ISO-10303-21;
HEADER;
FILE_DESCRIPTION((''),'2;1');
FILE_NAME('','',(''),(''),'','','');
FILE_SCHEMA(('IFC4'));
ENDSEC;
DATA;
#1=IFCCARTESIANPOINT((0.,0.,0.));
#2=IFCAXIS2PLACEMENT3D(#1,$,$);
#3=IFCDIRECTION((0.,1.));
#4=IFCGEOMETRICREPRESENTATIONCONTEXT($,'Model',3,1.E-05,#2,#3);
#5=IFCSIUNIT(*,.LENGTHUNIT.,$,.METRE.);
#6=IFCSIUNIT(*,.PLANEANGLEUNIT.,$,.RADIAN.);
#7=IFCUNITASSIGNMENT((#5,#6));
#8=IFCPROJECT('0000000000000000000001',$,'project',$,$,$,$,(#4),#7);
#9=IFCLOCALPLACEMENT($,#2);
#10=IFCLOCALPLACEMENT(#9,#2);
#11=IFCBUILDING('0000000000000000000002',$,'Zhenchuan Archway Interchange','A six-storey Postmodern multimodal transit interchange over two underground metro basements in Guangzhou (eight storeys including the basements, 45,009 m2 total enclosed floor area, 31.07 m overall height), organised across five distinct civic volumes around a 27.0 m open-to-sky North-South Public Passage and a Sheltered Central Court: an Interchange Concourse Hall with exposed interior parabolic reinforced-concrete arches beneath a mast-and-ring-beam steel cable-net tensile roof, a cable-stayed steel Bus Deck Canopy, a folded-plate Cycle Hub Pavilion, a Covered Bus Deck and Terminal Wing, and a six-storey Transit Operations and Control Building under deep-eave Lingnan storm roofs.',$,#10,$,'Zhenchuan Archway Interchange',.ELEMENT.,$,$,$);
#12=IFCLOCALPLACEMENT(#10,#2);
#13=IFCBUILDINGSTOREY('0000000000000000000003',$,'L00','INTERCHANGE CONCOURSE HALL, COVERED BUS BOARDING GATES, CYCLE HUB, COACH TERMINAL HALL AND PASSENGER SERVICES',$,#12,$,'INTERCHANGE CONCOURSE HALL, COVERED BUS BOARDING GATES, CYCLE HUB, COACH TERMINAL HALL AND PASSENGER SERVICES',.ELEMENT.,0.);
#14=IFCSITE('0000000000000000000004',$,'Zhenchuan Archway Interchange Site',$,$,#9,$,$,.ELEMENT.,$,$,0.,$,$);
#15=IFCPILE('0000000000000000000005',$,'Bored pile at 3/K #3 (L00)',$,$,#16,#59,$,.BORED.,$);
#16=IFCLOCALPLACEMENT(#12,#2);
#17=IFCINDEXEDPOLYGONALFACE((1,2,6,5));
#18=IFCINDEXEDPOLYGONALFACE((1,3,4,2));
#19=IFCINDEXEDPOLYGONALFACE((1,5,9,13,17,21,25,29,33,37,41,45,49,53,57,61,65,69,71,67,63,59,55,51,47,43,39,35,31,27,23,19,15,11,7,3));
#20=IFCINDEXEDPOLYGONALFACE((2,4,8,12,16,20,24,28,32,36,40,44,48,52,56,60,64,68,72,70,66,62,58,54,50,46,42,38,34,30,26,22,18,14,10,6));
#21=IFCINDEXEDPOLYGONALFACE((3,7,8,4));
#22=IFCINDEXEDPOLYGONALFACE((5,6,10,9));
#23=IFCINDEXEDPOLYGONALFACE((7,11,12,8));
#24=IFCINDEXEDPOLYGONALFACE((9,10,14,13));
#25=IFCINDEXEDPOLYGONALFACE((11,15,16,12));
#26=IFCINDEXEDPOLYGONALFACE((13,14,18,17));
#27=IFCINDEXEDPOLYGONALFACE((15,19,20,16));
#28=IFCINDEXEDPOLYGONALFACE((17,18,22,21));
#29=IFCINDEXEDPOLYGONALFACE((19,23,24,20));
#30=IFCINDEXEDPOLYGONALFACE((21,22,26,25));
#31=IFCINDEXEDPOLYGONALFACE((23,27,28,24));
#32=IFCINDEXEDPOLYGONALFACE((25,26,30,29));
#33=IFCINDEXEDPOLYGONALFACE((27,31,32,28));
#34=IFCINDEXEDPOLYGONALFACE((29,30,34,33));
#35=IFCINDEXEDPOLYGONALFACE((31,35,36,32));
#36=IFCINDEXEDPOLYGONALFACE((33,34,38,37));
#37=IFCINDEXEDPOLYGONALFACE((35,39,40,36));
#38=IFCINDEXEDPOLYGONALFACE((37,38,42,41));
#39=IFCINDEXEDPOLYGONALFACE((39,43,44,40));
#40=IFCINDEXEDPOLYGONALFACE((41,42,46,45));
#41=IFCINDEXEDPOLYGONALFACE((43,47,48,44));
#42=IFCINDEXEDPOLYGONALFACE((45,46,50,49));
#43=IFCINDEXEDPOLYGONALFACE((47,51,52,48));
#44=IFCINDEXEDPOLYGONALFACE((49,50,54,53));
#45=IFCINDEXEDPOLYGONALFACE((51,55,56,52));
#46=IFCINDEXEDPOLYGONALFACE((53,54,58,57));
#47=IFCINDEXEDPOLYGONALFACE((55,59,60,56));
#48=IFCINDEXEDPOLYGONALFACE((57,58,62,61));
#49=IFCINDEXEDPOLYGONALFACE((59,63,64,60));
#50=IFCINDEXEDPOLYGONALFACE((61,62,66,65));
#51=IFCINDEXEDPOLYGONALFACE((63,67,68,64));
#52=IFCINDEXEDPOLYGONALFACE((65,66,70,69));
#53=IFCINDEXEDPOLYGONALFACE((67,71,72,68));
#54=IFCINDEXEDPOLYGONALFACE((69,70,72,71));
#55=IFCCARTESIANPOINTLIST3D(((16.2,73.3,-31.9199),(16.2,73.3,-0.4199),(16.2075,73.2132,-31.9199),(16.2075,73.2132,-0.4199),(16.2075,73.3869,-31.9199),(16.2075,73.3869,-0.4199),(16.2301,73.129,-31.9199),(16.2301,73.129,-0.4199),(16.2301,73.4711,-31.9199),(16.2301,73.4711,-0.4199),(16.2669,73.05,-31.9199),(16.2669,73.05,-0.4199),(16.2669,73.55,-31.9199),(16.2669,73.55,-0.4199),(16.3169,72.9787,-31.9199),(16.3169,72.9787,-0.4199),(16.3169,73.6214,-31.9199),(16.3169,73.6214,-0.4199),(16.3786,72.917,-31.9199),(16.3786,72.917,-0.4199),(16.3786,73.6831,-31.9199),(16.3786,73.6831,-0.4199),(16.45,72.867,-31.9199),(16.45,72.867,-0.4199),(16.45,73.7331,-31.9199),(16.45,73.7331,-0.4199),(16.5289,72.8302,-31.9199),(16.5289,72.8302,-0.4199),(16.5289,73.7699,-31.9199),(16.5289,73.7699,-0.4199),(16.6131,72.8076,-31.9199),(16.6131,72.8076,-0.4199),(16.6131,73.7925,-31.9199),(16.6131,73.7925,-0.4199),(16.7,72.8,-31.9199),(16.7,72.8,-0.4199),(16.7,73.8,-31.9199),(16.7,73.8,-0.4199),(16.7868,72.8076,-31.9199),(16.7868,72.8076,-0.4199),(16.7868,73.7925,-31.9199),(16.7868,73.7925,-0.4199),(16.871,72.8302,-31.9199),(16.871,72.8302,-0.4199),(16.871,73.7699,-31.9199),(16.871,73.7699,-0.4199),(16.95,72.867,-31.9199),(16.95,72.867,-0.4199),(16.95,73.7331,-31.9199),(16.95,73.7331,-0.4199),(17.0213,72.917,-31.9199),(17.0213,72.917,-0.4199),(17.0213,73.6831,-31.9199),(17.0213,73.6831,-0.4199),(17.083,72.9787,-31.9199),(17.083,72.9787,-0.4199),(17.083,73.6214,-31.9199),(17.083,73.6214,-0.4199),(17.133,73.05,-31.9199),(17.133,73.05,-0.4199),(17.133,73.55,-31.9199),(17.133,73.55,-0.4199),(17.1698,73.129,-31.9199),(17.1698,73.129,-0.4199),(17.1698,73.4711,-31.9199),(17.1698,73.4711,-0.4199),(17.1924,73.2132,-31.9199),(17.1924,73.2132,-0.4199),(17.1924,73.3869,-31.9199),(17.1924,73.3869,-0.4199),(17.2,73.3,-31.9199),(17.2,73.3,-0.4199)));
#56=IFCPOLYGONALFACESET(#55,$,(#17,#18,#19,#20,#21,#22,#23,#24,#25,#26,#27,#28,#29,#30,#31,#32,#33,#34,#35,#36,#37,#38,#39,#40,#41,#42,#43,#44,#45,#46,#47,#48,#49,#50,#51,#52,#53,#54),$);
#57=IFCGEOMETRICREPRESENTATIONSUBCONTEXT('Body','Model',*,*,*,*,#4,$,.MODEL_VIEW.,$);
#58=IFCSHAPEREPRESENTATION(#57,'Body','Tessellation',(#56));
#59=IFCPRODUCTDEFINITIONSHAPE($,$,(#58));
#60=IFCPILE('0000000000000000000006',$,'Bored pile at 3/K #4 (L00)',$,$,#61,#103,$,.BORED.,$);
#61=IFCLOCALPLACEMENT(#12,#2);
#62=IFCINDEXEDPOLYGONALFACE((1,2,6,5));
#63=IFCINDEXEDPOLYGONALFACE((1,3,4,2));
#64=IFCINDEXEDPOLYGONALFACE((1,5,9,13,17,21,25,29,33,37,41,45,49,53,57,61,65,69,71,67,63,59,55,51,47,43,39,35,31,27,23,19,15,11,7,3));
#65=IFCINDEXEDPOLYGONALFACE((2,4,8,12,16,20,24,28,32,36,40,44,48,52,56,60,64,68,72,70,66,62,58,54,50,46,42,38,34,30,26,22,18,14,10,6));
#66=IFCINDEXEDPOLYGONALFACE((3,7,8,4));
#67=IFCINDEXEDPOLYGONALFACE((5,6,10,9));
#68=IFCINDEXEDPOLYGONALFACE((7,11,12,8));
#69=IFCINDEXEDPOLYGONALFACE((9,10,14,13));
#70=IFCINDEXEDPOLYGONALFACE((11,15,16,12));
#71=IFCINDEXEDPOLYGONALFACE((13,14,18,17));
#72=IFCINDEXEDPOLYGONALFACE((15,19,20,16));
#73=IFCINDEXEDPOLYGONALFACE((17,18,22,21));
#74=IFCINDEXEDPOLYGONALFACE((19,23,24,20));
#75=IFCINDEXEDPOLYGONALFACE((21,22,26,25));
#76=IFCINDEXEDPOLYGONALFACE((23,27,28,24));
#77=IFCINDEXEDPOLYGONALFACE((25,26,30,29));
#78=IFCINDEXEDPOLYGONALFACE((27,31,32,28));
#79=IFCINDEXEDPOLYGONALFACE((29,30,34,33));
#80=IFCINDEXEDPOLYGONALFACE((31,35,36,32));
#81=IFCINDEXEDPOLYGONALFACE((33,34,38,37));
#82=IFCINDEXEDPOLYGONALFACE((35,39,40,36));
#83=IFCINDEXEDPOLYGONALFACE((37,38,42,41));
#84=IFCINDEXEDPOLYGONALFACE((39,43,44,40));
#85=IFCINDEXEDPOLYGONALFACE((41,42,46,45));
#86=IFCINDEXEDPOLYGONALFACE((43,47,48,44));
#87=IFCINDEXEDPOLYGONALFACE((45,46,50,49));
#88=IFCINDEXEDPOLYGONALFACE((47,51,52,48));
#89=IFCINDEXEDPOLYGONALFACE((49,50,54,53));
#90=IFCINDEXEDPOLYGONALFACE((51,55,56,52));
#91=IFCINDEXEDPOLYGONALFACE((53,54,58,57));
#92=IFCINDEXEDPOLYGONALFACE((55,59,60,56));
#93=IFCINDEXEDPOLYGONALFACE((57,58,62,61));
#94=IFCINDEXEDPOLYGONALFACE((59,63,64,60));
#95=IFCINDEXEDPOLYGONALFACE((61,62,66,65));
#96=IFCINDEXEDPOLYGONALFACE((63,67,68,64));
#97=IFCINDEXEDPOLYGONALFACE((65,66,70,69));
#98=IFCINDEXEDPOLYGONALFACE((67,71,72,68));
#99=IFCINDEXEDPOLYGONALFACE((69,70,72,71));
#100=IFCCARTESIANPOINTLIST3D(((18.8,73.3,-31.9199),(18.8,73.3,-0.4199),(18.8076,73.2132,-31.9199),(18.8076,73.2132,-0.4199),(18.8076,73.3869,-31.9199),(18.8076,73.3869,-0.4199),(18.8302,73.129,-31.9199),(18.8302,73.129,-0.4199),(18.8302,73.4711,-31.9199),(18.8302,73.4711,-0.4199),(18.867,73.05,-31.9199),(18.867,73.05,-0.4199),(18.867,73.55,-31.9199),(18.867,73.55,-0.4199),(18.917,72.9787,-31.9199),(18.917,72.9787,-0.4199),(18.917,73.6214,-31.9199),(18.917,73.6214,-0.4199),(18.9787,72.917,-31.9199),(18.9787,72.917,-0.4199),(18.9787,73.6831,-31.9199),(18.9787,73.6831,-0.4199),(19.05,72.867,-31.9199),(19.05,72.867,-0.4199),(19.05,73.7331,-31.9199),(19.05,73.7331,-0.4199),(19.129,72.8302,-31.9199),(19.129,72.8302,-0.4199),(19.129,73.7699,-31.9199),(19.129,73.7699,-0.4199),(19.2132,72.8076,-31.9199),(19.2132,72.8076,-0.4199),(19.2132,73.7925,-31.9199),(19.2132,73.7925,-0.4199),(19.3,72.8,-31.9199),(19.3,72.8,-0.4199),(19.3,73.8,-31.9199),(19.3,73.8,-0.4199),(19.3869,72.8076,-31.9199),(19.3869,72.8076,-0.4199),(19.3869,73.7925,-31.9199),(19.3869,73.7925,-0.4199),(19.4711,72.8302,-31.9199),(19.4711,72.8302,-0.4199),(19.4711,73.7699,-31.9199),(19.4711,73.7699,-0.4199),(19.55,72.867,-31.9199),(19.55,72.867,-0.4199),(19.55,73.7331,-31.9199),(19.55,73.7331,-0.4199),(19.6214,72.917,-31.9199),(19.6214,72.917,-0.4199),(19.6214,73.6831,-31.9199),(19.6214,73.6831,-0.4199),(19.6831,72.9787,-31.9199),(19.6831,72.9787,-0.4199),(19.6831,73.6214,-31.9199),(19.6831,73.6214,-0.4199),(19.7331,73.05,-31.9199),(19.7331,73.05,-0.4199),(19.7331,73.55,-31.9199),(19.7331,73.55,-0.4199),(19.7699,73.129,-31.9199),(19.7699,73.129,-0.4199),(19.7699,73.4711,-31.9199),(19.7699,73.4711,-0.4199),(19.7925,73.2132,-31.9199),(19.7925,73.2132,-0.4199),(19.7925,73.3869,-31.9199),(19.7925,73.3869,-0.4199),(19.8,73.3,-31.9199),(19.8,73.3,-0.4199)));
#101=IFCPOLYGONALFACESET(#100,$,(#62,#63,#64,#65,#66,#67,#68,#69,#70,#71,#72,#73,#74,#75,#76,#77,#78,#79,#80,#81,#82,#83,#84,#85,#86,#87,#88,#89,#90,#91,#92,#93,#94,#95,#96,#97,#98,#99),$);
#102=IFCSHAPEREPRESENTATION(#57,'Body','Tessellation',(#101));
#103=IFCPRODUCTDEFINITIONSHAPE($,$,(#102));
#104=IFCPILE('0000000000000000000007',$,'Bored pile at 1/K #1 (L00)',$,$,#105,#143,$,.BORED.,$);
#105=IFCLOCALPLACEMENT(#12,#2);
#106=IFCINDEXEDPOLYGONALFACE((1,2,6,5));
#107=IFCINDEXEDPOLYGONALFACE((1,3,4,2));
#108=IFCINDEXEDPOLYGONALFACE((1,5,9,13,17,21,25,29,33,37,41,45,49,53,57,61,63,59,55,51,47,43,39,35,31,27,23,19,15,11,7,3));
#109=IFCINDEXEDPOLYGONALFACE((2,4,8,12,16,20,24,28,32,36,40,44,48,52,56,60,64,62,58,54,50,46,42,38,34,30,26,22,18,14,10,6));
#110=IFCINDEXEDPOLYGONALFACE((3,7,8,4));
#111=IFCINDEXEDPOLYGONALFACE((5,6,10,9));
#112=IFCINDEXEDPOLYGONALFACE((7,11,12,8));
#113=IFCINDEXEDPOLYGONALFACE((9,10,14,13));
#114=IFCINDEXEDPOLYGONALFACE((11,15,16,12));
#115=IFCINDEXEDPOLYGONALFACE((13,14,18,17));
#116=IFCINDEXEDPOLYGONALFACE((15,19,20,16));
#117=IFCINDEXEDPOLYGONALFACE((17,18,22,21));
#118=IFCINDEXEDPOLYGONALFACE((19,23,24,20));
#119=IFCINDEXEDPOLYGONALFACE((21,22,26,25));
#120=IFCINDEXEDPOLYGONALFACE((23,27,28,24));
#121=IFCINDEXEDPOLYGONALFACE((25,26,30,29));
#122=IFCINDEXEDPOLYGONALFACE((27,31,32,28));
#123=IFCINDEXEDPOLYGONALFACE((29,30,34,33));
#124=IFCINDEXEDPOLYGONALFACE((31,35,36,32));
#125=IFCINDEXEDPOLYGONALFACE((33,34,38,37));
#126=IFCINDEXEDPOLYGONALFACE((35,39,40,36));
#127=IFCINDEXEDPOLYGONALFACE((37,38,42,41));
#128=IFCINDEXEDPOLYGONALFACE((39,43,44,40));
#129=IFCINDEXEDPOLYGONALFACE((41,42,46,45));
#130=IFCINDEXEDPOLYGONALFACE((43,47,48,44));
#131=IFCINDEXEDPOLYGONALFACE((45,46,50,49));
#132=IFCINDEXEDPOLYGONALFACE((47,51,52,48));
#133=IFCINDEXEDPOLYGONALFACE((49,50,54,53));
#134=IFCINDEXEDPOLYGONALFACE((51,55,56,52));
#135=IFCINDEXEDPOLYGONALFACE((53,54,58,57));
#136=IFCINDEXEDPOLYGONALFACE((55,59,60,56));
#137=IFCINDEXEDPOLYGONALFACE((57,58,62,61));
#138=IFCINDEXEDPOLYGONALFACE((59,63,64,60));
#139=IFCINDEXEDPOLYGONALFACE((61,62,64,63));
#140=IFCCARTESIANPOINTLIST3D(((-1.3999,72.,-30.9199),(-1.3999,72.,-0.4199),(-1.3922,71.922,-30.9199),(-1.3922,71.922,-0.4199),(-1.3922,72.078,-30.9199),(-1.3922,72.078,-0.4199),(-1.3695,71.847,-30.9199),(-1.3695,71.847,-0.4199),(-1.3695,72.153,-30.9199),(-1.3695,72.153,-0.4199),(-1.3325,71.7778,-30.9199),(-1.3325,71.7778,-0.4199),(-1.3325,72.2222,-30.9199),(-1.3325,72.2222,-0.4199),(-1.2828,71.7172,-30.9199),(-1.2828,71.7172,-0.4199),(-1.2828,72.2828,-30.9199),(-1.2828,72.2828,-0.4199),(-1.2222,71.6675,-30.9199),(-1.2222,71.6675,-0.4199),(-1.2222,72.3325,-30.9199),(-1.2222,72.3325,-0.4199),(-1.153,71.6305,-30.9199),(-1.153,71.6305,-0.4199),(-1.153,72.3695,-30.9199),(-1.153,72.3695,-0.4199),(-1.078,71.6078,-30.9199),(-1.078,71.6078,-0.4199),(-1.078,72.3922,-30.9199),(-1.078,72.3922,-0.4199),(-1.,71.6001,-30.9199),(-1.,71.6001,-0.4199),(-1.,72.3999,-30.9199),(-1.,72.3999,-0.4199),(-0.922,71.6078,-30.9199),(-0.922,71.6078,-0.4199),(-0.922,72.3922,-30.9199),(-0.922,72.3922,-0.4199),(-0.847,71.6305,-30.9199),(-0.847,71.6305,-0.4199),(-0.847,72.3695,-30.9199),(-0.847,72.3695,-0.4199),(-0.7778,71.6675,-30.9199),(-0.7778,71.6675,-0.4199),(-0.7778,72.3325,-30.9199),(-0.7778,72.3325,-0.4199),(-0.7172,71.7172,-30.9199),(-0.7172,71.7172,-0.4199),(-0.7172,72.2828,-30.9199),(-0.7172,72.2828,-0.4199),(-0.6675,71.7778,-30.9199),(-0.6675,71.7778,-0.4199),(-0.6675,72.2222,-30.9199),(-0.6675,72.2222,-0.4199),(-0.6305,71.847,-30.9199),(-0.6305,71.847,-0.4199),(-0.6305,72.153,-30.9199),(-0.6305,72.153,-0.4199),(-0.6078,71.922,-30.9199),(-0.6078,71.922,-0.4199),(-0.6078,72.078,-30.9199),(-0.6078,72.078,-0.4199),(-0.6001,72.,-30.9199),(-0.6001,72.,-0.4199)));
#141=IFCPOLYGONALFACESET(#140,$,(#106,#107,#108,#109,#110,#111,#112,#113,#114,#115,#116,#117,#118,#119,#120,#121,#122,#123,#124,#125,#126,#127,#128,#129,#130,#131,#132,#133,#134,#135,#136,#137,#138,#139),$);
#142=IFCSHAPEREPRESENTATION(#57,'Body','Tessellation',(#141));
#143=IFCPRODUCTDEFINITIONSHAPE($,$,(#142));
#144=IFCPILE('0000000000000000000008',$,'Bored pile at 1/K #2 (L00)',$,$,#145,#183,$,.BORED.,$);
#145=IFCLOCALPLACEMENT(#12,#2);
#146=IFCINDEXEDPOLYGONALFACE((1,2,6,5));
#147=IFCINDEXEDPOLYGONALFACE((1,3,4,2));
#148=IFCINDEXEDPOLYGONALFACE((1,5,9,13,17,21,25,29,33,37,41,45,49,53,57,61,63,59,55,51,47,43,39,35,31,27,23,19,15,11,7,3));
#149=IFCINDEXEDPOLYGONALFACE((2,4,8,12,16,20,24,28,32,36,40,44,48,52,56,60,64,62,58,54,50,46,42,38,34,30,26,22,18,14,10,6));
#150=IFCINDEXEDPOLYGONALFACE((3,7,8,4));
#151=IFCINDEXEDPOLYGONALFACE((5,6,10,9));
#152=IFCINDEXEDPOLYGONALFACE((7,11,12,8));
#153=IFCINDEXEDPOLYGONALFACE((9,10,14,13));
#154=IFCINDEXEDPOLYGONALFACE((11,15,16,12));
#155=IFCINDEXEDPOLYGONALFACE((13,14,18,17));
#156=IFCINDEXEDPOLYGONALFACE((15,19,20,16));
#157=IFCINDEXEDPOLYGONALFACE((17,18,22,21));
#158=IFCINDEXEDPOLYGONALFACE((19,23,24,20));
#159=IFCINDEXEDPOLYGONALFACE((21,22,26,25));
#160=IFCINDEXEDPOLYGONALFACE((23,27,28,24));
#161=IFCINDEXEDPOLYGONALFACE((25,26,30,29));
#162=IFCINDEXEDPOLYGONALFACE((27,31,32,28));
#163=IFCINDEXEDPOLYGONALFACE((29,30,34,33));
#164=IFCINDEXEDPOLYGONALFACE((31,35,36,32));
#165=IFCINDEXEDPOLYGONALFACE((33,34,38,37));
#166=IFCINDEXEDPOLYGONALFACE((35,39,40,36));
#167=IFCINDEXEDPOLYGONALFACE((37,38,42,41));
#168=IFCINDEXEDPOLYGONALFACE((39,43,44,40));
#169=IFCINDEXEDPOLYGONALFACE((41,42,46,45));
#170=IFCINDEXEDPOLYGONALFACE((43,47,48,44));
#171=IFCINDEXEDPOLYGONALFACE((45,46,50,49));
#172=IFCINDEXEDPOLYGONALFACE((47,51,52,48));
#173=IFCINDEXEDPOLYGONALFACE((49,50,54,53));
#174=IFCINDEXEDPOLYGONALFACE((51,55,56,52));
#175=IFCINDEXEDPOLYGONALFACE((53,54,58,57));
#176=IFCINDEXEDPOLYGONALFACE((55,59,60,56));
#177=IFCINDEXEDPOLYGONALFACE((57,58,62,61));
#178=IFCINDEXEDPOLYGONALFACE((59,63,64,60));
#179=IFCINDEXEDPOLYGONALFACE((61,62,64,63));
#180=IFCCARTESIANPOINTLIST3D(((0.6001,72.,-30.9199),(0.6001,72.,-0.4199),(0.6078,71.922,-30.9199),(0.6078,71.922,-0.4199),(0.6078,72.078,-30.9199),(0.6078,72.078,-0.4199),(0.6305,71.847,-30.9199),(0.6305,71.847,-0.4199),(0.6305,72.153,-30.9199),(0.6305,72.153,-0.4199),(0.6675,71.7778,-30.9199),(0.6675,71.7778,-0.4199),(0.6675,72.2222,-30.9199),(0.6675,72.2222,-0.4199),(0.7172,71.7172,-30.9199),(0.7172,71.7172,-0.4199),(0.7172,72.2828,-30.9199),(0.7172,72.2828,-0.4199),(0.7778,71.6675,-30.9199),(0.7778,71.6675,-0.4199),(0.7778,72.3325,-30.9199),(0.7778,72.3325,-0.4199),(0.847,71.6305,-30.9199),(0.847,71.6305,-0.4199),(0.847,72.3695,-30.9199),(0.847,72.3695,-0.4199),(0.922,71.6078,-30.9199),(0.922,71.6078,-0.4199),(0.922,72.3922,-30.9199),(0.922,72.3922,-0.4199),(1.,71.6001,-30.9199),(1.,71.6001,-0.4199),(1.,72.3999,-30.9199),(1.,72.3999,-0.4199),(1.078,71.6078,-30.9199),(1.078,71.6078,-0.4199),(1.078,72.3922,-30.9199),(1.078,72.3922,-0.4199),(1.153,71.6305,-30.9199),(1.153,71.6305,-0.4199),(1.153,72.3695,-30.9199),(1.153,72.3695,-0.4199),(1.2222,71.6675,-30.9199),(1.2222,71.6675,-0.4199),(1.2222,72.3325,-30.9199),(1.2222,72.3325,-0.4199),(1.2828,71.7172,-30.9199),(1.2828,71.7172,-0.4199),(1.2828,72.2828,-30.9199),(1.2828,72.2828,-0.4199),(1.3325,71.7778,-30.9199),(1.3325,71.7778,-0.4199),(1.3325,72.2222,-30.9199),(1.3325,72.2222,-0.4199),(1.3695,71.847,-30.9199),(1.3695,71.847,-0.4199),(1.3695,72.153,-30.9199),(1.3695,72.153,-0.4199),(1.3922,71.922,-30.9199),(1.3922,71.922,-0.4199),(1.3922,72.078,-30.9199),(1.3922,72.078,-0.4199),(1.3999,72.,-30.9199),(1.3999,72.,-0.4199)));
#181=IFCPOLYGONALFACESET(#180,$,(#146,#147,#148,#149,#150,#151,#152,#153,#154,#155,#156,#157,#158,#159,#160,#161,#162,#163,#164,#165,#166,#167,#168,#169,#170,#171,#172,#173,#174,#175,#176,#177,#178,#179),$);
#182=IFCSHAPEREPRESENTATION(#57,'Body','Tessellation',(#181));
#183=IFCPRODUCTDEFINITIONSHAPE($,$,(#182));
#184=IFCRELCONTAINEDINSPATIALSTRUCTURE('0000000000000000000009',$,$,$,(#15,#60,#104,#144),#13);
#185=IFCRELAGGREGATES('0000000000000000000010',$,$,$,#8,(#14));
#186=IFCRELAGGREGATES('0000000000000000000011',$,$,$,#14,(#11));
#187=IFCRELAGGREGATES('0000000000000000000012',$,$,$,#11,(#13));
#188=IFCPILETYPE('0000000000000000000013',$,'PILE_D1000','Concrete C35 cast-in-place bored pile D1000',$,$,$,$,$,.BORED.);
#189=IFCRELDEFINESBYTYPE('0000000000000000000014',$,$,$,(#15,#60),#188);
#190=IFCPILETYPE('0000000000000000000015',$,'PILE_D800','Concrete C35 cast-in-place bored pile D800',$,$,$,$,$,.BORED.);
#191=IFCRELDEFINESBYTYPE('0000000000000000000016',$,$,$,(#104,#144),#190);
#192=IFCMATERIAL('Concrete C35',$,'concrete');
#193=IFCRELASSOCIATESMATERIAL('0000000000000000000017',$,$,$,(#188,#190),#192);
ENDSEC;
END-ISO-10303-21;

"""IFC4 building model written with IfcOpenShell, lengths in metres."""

from ifc_helpers import new_model, si_unit, direction, frame, origin, origin_2d, place, context, subcontext, project, spatial, circle, extrude, material, material_profile, profile_set, type_object, element, save


model = new_model("IFC4")

# Units and contexts
model_context = context("Model", 3, precision=1e-05, world=origin(), true_north=direction((0.0, 1.0)))
body_context = subcontext(model_context, "Body", "Model", "MODEL_VIEW")
ifc_project = project(units=[si_unit("LENGTHUNIT", "METRE"), si_unit("PLANEANGLEUNIT", "RADIAN")], contexts=[model_context])

# Site, building, storey
site_placement = place(None, origin())
site = spatial("IfcSite", under=ifc_project, at=site_placement, Name="Zhenchuan Archway Interchange Site", CompositionType="ELEMENT", RefElevation=0.0)
building_placement = place(site_placement, origin())
building = spatial("IfcBuilding", under=site, at=building_placement, Name="Zhenchuan Archway Interchange", Description="A six-storey Postmodern multimodal transit interchange over two underground metro basements in Guangzhou (eight storeys including the basements, 45,009 m2 total enclosed floor area, 31.07 m overall height), organised across five distinct civic volumes around a 27.0 m open-to-sky North-South Public Passage and a Sheltered Central Court: an Interchange Concourse Hall with exposed interior parabolic reinforced-concrete arches beneath a mast-and-ring-beam steel cable-net tensile roof, a cable-stayed steel Bus Deck Canopy, a folded-plate Cycle Hub Pavilion, a Covered Bus Deck and Terminal Wing, and a six-storey Transit Operations and Control Building under deep-eave Lingnan storm roofs.", LongName="Zhenchuan Archway Interchange", CompositionType="ELEMENT")
storey_placement = place(building_placement, origin())
storey = spatial("IfcBuildingStorey", under=building, at=storey_placement, Name="L00", Description="INTERCHANGE CONCOURSE HALL, COVERED BUS BOARDING GATES, CYCLE HUB, COACH TERMINAL HALL AND PASSENGER SERVICES", LongName="INTERCHANGE CONCOURSE HALL, COVERED BUS BOARDING GATES, CYCLE HUB, COACH TERMINAL HALL AND PASSENGER SERVICES", CompositionType="ELEMENT", Elevation=0.0)

# Piles
ifc_material_1 = material(Name="Concrete C35", Category="concrete")
ifc_material_profile_1 = material_profile(ifc_material_1, circle(Radius=0.5, at=origin_2d()), Name="BORED PILE 1000")
ifc_profile_set_1 = profile_set([ifc_material_profile_1], Name="Concrete C35")
pile_type_1 = type_object("IfcPileType", Name="PILE_D1000", Description="Concrete C35 cast-in-place bored pile D1000", PredefinedType="BORED", material=ifc_profile_set_1)
for number, where, z_axis, x_axis, name in (
    (1, (16.7, 73.3, -0.4199), (0.0, 0.0, -1.0), (1.0, 0.0, 0.0), "Bored pile at 3/K #3 (L00)"),
    (2, (19.3, 73.3, -0.4199), (0.0, 0.0, -1.0), (1.0, 0.0, 0.0), "Bored pile at 3/K #4 (L00)"),
):
    element("IfcPile", number, at=place(storey_placement, frame(where, z_axis=z_axis, x_axis=x_axis)), inside=storey, type_object=pile_type_1, Name=name, PredefinedType="BORED", context=body_context, shape_type="SweptSolid", body=[
        extrude(circle(Radius=0.5, at=origin_2d()), origin(), (0.0, 0.0, 1.0), 31.5),
    ])
ifc_material_profile_2 = material_profile(ifc_material_1, circle(Radius=0.3999, at=origin_2d()), Name="BORED PILE 800")
ifc_profile_set_2 = profile_set([ifc_material_profile_2], Name="Concrete C35")
pile_type_2 = type_object("IfcPileType", Name="PILE_D800", Description="Concrete C35 cast-in-place bored pile D800", PredefinedType="BORED", material=ifc_profile_set_2)
for number, where, z_axis, x_axis, name in (
    (3, (-1.0, 72.0, -0.4199), (0.0, 0.0, -1.0), (1.0, 0.0, 0.0), "Bored pile at 1/K #1 (L00)"),
    (4, (1.0, 72.0, -0.4199), (0.0, 0.0, -1.0), (1.0, 0.0, 0.0), "Bored pile at 1/K #2 (L00)"),
):
    element("IfcPile", number, at=place(storey_placement, frame(where, z_axis=z_axis, x_axis=x_axis)), inside=storey, type_object=pile_type_2, Name=name, PredefinedType="BORED", context=body_context, shape_type="SweptSolid", body=[
        extrude(circle(Radius=0.3999, at=origin_2d()), origin(), (0.0, 0.0, 1.0), 30.5),
    ])

save(model, "model.ifc")
